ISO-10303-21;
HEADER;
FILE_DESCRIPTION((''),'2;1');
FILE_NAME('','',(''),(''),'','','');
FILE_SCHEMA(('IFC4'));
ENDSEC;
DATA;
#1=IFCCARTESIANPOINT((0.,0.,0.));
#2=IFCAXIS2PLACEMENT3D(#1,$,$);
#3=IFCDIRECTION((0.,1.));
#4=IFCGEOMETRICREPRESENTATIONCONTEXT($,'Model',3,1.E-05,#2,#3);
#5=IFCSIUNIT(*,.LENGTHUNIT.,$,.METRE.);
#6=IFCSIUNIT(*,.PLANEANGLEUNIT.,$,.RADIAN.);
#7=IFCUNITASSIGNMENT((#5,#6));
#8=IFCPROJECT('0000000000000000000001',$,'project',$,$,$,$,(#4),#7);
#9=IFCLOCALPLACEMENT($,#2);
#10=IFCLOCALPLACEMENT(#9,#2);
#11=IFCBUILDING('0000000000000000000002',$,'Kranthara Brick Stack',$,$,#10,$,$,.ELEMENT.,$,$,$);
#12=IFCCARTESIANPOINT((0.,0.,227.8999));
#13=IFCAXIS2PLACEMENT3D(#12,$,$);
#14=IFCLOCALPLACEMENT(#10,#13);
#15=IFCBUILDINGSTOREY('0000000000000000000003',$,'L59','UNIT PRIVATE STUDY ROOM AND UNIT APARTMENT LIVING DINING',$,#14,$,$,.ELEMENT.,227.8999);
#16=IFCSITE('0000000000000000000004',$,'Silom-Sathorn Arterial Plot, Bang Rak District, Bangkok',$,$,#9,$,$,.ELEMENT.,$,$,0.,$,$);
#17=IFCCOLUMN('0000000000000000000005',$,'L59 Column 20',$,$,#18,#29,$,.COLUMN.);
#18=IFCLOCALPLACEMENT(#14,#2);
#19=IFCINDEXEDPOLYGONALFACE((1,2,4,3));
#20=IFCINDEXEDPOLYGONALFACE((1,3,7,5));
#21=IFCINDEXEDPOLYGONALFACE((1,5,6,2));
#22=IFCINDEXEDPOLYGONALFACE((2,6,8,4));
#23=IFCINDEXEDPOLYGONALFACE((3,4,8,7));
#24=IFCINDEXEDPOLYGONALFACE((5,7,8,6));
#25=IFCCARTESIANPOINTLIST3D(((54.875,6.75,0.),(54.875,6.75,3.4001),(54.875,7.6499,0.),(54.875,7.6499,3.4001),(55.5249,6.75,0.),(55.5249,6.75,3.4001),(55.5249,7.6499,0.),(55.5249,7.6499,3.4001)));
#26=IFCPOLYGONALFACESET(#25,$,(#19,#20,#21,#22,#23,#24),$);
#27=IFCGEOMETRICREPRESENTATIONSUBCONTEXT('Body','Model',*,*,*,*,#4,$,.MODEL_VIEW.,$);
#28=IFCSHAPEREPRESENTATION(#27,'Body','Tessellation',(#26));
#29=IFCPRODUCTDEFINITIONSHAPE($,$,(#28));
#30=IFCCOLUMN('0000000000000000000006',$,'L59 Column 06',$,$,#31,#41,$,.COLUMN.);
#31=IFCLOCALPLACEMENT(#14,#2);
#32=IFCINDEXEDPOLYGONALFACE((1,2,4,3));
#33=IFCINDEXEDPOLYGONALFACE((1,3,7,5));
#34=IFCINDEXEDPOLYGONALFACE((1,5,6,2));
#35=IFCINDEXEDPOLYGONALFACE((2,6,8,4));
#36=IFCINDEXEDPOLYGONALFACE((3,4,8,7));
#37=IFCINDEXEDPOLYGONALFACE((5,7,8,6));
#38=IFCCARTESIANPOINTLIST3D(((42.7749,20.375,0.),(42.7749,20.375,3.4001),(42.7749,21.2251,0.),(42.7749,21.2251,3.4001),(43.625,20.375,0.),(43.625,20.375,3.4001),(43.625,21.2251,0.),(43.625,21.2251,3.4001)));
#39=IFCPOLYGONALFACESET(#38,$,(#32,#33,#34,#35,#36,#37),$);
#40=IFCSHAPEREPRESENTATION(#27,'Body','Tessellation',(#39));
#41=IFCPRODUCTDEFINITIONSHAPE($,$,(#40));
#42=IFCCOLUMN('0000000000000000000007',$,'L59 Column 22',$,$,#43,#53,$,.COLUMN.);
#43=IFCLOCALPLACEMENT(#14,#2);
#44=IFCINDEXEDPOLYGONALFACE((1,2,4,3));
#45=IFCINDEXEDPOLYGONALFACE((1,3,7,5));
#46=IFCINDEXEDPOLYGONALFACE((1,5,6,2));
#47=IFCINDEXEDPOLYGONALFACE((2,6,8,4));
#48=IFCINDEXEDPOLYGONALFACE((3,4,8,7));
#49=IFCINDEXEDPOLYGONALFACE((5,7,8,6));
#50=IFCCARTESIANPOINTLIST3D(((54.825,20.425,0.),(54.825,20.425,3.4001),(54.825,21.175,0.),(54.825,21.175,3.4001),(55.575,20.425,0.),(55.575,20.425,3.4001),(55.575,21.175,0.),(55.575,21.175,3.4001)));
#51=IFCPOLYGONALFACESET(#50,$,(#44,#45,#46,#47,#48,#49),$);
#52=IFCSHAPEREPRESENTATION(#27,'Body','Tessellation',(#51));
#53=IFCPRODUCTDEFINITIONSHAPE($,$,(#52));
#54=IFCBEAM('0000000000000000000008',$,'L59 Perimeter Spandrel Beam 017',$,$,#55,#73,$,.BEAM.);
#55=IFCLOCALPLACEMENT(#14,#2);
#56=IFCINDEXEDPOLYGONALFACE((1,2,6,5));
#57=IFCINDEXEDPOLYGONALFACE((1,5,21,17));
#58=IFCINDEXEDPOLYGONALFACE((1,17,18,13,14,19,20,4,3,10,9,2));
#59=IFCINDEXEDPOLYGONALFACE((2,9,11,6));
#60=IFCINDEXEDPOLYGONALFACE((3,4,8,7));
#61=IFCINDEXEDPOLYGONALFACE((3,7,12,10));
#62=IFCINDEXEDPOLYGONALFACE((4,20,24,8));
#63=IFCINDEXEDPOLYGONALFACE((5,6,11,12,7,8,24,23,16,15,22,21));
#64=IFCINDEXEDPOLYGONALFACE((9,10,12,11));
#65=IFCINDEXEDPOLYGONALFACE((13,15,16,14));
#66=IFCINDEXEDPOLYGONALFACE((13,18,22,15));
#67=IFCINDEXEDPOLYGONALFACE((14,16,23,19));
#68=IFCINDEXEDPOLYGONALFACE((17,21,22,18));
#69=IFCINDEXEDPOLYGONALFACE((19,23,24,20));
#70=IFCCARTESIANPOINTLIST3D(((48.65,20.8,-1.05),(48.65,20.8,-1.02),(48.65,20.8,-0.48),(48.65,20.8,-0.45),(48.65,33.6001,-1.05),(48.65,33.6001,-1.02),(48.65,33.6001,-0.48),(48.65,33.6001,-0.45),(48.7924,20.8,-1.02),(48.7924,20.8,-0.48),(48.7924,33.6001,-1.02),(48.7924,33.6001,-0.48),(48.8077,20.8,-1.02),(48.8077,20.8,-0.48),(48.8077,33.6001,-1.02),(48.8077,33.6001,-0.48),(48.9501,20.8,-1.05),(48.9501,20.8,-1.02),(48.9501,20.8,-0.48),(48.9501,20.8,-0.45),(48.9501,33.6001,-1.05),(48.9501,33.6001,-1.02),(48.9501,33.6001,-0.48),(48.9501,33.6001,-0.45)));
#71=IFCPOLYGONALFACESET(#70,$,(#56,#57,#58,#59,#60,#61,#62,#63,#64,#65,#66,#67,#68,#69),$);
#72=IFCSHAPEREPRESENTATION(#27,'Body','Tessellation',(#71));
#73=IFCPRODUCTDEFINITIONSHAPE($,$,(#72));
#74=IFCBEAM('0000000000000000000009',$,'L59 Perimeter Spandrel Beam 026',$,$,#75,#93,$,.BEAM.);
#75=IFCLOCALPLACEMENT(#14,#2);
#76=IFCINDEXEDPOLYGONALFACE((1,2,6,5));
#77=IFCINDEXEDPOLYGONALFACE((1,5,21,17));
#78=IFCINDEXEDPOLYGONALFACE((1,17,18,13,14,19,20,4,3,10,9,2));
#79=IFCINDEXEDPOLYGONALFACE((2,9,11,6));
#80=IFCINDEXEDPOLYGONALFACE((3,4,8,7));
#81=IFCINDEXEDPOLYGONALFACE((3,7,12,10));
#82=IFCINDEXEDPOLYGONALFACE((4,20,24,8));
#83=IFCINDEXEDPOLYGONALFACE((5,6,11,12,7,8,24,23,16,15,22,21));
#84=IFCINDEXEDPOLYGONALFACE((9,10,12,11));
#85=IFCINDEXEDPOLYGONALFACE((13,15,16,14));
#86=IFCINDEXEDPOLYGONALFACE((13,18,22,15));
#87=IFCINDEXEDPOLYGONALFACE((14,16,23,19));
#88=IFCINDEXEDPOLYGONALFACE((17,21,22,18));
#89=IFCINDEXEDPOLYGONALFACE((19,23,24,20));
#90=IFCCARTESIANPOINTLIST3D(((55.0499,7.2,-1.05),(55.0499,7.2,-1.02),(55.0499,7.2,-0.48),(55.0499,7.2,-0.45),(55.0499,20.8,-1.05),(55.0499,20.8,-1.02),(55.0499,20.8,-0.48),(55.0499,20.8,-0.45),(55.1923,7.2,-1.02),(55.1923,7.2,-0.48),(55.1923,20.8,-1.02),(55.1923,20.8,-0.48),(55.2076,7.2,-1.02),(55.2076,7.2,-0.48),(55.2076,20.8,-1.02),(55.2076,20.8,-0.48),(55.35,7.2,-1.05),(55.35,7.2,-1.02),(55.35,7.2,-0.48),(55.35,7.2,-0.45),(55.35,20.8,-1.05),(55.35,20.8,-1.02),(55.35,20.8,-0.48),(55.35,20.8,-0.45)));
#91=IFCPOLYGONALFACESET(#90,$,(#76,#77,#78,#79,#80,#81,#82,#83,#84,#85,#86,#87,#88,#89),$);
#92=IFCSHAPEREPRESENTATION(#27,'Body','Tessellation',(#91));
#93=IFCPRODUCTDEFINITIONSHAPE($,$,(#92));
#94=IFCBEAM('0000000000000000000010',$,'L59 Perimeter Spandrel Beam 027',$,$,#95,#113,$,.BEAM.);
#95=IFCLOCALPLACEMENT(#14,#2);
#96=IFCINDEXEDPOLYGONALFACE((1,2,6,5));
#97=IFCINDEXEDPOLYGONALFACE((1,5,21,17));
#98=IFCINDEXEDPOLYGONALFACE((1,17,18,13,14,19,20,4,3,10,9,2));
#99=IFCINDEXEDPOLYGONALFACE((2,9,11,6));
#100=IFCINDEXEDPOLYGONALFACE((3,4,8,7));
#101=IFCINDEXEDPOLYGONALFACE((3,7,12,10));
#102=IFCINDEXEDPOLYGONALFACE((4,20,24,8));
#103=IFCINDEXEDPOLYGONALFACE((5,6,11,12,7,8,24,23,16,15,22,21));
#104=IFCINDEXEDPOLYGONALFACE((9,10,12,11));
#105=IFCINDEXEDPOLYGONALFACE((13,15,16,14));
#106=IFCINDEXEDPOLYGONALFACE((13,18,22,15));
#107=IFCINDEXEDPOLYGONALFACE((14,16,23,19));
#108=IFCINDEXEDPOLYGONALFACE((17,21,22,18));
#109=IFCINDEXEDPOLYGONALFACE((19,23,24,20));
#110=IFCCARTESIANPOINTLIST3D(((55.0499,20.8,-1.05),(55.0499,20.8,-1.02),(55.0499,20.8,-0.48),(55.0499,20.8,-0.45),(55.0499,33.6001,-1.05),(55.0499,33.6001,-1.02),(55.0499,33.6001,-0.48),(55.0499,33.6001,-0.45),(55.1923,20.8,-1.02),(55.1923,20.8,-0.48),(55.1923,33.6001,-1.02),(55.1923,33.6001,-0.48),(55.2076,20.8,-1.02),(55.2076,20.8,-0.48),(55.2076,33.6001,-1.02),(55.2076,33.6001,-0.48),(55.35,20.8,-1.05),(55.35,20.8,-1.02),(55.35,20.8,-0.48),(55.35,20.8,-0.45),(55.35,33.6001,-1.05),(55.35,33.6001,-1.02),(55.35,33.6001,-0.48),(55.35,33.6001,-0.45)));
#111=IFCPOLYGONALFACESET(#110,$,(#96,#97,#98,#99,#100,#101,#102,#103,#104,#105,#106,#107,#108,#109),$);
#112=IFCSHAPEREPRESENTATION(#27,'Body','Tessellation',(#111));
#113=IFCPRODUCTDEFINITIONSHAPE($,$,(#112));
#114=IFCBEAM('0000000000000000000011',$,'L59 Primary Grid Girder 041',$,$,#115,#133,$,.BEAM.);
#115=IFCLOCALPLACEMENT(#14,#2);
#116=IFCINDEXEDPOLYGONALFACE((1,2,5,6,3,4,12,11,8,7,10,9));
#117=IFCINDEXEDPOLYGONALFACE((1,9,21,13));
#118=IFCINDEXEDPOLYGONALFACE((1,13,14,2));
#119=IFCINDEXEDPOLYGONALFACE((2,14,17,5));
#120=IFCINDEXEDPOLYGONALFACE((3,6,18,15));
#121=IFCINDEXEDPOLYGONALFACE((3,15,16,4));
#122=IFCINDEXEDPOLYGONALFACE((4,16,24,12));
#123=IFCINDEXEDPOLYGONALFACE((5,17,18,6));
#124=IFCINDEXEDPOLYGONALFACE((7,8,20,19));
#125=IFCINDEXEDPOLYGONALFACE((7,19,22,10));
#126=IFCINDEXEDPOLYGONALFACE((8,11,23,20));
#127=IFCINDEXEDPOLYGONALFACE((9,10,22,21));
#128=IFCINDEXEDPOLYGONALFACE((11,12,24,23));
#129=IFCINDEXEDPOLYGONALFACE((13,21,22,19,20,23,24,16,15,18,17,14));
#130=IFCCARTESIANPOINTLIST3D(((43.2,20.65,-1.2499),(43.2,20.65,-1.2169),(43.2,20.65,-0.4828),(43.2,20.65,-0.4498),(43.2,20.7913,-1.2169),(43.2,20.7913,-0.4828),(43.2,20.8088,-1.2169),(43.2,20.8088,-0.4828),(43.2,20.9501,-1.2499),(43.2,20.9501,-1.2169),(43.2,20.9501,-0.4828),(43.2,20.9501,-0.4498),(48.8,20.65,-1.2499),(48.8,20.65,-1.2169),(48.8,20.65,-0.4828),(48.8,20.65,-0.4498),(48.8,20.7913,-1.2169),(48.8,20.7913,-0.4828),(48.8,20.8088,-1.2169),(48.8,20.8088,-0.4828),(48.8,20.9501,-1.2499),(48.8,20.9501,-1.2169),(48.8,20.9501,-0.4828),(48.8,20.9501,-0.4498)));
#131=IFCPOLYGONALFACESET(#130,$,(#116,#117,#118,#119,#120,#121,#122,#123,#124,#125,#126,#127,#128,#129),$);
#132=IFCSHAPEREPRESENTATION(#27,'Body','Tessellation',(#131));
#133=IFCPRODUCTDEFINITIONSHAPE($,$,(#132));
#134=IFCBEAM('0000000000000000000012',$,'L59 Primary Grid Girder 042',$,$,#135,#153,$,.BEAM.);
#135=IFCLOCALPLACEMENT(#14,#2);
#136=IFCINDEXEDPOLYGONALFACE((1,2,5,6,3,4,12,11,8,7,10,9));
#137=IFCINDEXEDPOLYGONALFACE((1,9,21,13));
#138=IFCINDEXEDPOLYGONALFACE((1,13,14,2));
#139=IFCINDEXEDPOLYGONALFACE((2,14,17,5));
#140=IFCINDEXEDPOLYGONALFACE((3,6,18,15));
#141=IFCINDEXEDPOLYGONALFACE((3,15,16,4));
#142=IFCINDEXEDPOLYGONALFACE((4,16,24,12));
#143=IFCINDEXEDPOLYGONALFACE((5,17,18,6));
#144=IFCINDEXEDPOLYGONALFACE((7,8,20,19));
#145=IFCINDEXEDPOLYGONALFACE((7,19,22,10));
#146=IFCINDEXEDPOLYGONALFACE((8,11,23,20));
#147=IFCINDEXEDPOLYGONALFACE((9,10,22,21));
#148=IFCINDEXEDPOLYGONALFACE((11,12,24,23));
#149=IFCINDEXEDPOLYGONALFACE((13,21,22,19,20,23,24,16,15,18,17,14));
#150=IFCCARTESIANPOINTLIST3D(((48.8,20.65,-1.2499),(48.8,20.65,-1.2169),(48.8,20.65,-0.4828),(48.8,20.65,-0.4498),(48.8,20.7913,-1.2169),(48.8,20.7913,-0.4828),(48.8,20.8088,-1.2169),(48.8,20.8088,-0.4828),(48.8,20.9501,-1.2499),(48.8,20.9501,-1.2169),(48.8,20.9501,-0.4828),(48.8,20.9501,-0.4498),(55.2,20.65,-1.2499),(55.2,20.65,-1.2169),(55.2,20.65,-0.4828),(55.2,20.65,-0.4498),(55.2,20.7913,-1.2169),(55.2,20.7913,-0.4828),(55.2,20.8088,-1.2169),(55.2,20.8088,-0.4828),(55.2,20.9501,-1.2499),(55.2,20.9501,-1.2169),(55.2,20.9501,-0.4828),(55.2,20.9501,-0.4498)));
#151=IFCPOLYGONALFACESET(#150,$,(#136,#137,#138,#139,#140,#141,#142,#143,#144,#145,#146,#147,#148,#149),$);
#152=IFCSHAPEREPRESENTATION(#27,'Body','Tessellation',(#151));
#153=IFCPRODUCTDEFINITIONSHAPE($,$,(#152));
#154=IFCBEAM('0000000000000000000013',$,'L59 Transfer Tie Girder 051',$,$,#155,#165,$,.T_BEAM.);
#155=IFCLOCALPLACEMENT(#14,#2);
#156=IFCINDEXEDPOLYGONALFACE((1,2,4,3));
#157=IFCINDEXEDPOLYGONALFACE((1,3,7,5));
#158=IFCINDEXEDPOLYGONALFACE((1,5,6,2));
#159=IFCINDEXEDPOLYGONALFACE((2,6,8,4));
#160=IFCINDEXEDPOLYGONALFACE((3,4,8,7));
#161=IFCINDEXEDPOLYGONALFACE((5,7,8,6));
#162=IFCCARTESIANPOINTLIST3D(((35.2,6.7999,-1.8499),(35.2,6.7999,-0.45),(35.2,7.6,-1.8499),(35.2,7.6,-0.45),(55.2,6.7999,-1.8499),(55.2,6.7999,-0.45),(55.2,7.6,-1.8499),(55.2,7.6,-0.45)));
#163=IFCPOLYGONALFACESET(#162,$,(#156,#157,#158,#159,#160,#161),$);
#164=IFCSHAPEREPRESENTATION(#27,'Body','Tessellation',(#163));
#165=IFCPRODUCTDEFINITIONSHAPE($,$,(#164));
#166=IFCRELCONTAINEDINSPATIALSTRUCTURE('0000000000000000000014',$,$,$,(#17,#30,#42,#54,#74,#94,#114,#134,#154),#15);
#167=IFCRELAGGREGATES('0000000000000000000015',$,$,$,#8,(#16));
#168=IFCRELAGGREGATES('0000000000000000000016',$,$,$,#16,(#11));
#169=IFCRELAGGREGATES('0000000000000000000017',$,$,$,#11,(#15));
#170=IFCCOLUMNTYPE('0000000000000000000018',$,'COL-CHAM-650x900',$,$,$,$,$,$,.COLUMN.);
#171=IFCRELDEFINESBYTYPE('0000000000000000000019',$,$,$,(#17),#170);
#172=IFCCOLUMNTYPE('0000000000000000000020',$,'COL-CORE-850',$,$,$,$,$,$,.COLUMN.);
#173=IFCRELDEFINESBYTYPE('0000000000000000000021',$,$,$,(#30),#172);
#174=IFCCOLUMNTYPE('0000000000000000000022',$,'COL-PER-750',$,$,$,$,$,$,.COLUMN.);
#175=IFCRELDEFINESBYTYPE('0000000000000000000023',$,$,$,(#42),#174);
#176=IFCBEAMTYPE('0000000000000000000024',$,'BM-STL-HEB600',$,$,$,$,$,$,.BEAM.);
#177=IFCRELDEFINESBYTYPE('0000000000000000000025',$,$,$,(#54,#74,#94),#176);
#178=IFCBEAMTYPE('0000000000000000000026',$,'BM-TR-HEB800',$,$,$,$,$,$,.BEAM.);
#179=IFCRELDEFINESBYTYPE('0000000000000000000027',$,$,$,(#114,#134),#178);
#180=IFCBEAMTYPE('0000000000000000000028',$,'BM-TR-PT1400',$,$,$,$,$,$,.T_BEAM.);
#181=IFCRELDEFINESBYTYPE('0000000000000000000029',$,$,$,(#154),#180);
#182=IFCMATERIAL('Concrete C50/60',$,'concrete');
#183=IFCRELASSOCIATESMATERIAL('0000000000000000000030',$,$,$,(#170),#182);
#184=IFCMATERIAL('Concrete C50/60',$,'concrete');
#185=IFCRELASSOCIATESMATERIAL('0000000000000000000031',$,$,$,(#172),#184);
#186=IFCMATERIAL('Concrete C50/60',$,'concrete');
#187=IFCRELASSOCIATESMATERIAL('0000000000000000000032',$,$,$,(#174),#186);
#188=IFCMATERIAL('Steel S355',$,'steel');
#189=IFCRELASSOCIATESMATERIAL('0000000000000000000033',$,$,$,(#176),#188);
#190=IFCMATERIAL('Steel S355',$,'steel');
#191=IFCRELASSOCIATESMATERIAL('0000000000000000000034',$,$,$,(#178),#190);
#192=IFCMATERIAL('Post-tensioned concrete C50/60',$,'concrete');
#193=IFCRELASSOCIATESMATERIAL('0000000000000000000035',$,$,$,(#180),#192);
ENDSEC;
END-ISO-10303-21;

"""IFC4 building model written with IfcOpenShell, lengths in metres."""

from ifc_helpers import new_model, si_unit, direction, frame, origin, origin_2d, place, context, subcontext, project, spatial, rectangle, i_section, extrude, material, material_profile, profile_set, type_object, element, save


model = new_model("IFC4")

# Units and contexts
model_context = context("Model", 3, precision=1e-05, world=origin(), true_north=direction((0.0, 1.0)))
body_context = subcontext(model_context, "Body", "Model", "MODEL_VIEW")
ifc_project = project(units=[si_unit("LENGTHUNIT", "METRE"), si_unit("PLANEANGLEUNIT", "RADIAN")], contexts=[model_context])

# Site, building, storey
site_placement = place(None, origin())
site = spatial("IfcSite", under=ifc_project, at=site_placement, Name="Silom-Sathorn Arterial Plot, Bang Rak District, Bangkok", CompositionType="ELEMENT", RefElevation=0.0)
building_placement = place(site_placement, origin())
building = spatial("IfcBuilding", under=site, at=building_placement, Name="Kranthara Brick Stack", CompositionType="ELEMENT")
storey_placement = place(building_placement, frame((0.0, 0.0, 227.8999)))
storey = spatial("IfcBuildingStorey", under=building, at=storey_placement, Name="L59", Description="UNIT PRIVATE STUDY ROOM AND UNIT APARTMENT LIVING DINING", CompositionType="ELEMENT", Elevation=227.8999)

# Columns
ifc_material_1 = material(Name="Concrete C50/60", Category="concrete")
ifc_material_profile_1 = material_profile(ifc_material_1, rectangle(XDim=0.6499, YDim=0.8999, at=origin_2d()), Name="RC 650x900")
ifc_profile_set_1 = profile_set([ifc_material_profile_1], Name="Concrete C50/60")
column_type_1 = type_object("IfcColumnType", Name="COL-CHAM-650x900", PredefinedType="COLUMN", material=ifc_profile_set_1)
column_1_placement = place(storey_placement, frame((55.2, 7.2, 0.0), z_axis=(0.0, 0.0, 1.0), x_axis=(1.0, 0.0, 0.0)))
element("IfcColumn", 1, at=column_1_placement, inside=storey, type_object=column_type_1, Name="L59 Column 20", PredefinedType="COLUMN", context=body_context, shape_type="SweptSolid", body=[
    extrude(rectangle(XDim=0.6499, YDim=0.8999, at=origin_2d()), origin(), (0.0, 0.0, 1.0), 3.4001),
])
ifc_material_2 = material(Name="Concrete C50/60", Category="concrete")
ifc_material_profile_2 = material_profile(ifc_material_2, rectangle(XDim=0.8501, YDim=0.8501, at=origin_2d()), Name="RC 850x850")
ifc_profile_set_2 = profile_set([ifc_material_profile_2], Name="Concrete C50/60")
column_type_2 = type_object("IfcColumnType", Name="COL-CORE-850", PredefinedType="COLUMN", material=ifc_profile_set_2)
column_2_placement = place(storey_placement, frame((43.2, 20.8, 0.0), z_axis=(0.0, 0.0, 1.0), x_axis=(1.0, 0.0, 0.0)))
element("IfcColumn", 2, at=column_2_placement, inside=storey, type_object=column_type_2, Name="L59 Column 06", PredefinedType="COLUMN", context=body_context, shape_type="SweptSolid", body=[
    extrude(rectangle(XDim=0.8501, YDim=0.8501, at=origin_2d()), origin(), (0.0, 0.0, 1.0), 3.4001),
])
ifc_material_3 = material(Name="Concrete C50/60", Category="concrete")
ifc_material_profile_3 = material_profile(ifc_material_3, rectangle(XDim=0.75, YDim=0.75, at=origin_2d()), Name="RC 750x750")
ifc_profile_set_3 = profile_set([ifc_material_profile_3], Name="Concrete C50/60")
column_type_3 = type_object("IfcColumnType", Name="COL-PER-750", PredefinedType="COLUMN", material=ifc_profile_set_3)
column_3_placement = place(storey_placement, frame((55.2, 20.8, 0.0), z_axis=(0.0, 0.0, 1.0), x_axis=(1.0, 0.0, 0.0)))
element("IfcColumn", 3, at=column_3_placement, inside=storey, type_object=column_type_3, Name="L59 Column 22", PredefinedType="COLUMN", context=body_context, shape_type="SweptSolid", body=[
    extrude(rectangle(XDim=0.75, YDim=0.75, at=origin_2d()), origin(), (0.0, 0.0, 1.0), 3.4001),
])

# Beams
ifc_material_4 = material(Name="Steel S355", Category="steel")
ifc_material_profile_4 = material_profile(ifc_material_4, i_section(OverallWidth=0.3, OverallDepth=0.6001, WebThickness=0.0154, FlangeThickness=0.03, at=origin_2d()), Name="HEB 600")
ifc_profile_set_4 = profile_set([ifc_material_profile_4], Name="Steel S355")
beam_type_1 = type_object("IfcBeamType", Name="BM-STL-HEB600", PredefinedType="BEAM", material=ifc_profile_set_4)
beam_1_placement = place(storey_placement, frame((48.8, 20.8, -0.75), z_axis=(0.0, 1.0, 0.0), x_axis=(-1.0, 0.0, 0.0)))
element("IfcBeam", 4, at=beam_1_placement, inside=storey, type_object=beam_type_1, Name="L59 Perimeter Spandrel Beam 017", PredefinedType="BEAM", context=body_context, shape_type="SweptSolid", body=[
    extrude(i_section(OverallWidth=0.3, OverallDepth=0.6001, WebThickness=0.0154, FlangeThickness=0.03, at=origin_2d()), origin(), (0.0, 0.0, 1.0), 12.8),
])
beam_2_placement = place(storey_placement, frame((55.2, 7.2, -0.75), z_axis=(0.0, 1.0, 0.0), x_axis=(-1.0, 0.0, 0.0)))
element("IfcBeam", 5, at=beam_2_placement, inside=storey, type_object=beam_type_1, Name="L59 Perimeter Spandrel Beam 026", PredefinedType="BEAM", context=body_context, shape_type="SweptSolid", body=[
    extrude(i_section(OverallWidth=0.3, OverallDepth=0.6001, WebThickness=0.0154, FlangeThickness=0.03, at=origin_2d()), origin(), (0.0, 0.0, 1.0), 13.6001),
])
beam_3_placement = place(storey_placement, frame((55.2, 20.8, -0.75), z_axis=(0.0, 1.0, 0.0), x_axis=(-1.0, 0.0, 0.0)))
element("IfcBeam", 6, at=beam_3_placement, inside=storey, type_object=beam_type_1, Name="L59 Perimeter Spandrel Beam 027", PredefinedType="BEAM", context=body_context, shape_type="SweptSolid", body=[
    extrude(i_section(OverallWidth=0.3, OverallDepth=0.6001, WebThickness=0.0154, FlangeThickness=0.03, at=origin_2d()), origin(), (0.0, 0.0, 1.0), 12.8),
])
ifc_material_5 = material(Name="Steel S355", Category="steel")
ifc_material_profile_5 = material_profile(ifc_material_5, i_section(OverallWidth=0.3, OverallDepth=0.8, WebThickness=0.0176, FlangeThickness=0.033, at=origin_2d()), Name="HEB 800")
ifc_profile_set_5 = profile_set([ifc_material_profile_5], Name="Steel S355")
beam_type_2 = type_object("IfcBeamType", Name="BM-TR-HEB800", PredefinedType="BEAM", material=ifc_profile_set_5)
beam_4_placement = place(storey_placement, frame((43.2, 20.8, -0.8499), z_axis=(1.0, 0.0, 0.0), x_axis=(0.0, 1.0, 0.0)))
element("IfcBeam", 7, at=beam_4_placement, inside=storey, type_object=beam_type_2, Name="L59 Primary Grid Girder 041", PredefinedType="BEAM", context=body_context, shape_type="SweptSolid", body=[
    extrude(i_section(OverallWidth=0.3, OverallDepth=0.8, WebThickness=0.0176, FlangeThickness=0.033, at=origin_2d()), origin(), (0.0, 0.0, 1.0), 5.6001),
])
beam_5_placement = place(storey_placement, frame((48.8, 20.8, -0.8499), z_axis=(1.0, 0.0, 0.0), x_axis=(0.0, 1.0, 0.0)))
element("IfcBeam", 8, at=beam_5_placement, inside=storey, type_object=beam_type_2, Name="L59 Primary Grid Girder 042", PredefinedType="BEAM", context=body_context, shape_type="SweptSolid", body=[
    extrude(i_section(OverallWidth=0.3, OverallDepth=0.8, WebThickness=0.0176, FlangeThickness=0.033, at=origin_2d()), origin(), (0.0, 0.0, 1.0), 6.3999),
])
ifc_material_6 = material(Name="Post-tensioned concrete C50/60", Category="concrete")
ifc_material_profile_6 = material_profile(ifc_material_6, rectangle(XDim=0.8, YDim=1.3999, at=origin_2d()), Name="PT 800x1400")
ifc_profile_set_6 = profile_set([ifc_material_profile_6], Name="Post-tensioned concrete C50/60")
beam_type_3 = type_object("IfcBeamType", Name="BM-TR-PT1400", PredefinedType="T_BEAM", material=ifc_profile_set_6)
beam_6_placement = place(storey_placement, frame((55.2, 7.2, -1.1499), z_axis=(-1.0, 0.0, 0.0), x_axis=(0.0, -1.0, 0.0)))
element("IfcBeam", 9, at=beam_6_placement, inside=storey, type_object=beam_type_3, Name="L59 Transfer Tie Girder 051", PredefinedType="T_BEAM", context=body_context, shape_type="SweptSolid", body=[
    extrude(rectangle(XDim=0.8, YDim=1.3999, at=origin_2d()), origin(), (0.0, 0.0, 1.0), 20.0),
])

save(model, "model.ifc")
